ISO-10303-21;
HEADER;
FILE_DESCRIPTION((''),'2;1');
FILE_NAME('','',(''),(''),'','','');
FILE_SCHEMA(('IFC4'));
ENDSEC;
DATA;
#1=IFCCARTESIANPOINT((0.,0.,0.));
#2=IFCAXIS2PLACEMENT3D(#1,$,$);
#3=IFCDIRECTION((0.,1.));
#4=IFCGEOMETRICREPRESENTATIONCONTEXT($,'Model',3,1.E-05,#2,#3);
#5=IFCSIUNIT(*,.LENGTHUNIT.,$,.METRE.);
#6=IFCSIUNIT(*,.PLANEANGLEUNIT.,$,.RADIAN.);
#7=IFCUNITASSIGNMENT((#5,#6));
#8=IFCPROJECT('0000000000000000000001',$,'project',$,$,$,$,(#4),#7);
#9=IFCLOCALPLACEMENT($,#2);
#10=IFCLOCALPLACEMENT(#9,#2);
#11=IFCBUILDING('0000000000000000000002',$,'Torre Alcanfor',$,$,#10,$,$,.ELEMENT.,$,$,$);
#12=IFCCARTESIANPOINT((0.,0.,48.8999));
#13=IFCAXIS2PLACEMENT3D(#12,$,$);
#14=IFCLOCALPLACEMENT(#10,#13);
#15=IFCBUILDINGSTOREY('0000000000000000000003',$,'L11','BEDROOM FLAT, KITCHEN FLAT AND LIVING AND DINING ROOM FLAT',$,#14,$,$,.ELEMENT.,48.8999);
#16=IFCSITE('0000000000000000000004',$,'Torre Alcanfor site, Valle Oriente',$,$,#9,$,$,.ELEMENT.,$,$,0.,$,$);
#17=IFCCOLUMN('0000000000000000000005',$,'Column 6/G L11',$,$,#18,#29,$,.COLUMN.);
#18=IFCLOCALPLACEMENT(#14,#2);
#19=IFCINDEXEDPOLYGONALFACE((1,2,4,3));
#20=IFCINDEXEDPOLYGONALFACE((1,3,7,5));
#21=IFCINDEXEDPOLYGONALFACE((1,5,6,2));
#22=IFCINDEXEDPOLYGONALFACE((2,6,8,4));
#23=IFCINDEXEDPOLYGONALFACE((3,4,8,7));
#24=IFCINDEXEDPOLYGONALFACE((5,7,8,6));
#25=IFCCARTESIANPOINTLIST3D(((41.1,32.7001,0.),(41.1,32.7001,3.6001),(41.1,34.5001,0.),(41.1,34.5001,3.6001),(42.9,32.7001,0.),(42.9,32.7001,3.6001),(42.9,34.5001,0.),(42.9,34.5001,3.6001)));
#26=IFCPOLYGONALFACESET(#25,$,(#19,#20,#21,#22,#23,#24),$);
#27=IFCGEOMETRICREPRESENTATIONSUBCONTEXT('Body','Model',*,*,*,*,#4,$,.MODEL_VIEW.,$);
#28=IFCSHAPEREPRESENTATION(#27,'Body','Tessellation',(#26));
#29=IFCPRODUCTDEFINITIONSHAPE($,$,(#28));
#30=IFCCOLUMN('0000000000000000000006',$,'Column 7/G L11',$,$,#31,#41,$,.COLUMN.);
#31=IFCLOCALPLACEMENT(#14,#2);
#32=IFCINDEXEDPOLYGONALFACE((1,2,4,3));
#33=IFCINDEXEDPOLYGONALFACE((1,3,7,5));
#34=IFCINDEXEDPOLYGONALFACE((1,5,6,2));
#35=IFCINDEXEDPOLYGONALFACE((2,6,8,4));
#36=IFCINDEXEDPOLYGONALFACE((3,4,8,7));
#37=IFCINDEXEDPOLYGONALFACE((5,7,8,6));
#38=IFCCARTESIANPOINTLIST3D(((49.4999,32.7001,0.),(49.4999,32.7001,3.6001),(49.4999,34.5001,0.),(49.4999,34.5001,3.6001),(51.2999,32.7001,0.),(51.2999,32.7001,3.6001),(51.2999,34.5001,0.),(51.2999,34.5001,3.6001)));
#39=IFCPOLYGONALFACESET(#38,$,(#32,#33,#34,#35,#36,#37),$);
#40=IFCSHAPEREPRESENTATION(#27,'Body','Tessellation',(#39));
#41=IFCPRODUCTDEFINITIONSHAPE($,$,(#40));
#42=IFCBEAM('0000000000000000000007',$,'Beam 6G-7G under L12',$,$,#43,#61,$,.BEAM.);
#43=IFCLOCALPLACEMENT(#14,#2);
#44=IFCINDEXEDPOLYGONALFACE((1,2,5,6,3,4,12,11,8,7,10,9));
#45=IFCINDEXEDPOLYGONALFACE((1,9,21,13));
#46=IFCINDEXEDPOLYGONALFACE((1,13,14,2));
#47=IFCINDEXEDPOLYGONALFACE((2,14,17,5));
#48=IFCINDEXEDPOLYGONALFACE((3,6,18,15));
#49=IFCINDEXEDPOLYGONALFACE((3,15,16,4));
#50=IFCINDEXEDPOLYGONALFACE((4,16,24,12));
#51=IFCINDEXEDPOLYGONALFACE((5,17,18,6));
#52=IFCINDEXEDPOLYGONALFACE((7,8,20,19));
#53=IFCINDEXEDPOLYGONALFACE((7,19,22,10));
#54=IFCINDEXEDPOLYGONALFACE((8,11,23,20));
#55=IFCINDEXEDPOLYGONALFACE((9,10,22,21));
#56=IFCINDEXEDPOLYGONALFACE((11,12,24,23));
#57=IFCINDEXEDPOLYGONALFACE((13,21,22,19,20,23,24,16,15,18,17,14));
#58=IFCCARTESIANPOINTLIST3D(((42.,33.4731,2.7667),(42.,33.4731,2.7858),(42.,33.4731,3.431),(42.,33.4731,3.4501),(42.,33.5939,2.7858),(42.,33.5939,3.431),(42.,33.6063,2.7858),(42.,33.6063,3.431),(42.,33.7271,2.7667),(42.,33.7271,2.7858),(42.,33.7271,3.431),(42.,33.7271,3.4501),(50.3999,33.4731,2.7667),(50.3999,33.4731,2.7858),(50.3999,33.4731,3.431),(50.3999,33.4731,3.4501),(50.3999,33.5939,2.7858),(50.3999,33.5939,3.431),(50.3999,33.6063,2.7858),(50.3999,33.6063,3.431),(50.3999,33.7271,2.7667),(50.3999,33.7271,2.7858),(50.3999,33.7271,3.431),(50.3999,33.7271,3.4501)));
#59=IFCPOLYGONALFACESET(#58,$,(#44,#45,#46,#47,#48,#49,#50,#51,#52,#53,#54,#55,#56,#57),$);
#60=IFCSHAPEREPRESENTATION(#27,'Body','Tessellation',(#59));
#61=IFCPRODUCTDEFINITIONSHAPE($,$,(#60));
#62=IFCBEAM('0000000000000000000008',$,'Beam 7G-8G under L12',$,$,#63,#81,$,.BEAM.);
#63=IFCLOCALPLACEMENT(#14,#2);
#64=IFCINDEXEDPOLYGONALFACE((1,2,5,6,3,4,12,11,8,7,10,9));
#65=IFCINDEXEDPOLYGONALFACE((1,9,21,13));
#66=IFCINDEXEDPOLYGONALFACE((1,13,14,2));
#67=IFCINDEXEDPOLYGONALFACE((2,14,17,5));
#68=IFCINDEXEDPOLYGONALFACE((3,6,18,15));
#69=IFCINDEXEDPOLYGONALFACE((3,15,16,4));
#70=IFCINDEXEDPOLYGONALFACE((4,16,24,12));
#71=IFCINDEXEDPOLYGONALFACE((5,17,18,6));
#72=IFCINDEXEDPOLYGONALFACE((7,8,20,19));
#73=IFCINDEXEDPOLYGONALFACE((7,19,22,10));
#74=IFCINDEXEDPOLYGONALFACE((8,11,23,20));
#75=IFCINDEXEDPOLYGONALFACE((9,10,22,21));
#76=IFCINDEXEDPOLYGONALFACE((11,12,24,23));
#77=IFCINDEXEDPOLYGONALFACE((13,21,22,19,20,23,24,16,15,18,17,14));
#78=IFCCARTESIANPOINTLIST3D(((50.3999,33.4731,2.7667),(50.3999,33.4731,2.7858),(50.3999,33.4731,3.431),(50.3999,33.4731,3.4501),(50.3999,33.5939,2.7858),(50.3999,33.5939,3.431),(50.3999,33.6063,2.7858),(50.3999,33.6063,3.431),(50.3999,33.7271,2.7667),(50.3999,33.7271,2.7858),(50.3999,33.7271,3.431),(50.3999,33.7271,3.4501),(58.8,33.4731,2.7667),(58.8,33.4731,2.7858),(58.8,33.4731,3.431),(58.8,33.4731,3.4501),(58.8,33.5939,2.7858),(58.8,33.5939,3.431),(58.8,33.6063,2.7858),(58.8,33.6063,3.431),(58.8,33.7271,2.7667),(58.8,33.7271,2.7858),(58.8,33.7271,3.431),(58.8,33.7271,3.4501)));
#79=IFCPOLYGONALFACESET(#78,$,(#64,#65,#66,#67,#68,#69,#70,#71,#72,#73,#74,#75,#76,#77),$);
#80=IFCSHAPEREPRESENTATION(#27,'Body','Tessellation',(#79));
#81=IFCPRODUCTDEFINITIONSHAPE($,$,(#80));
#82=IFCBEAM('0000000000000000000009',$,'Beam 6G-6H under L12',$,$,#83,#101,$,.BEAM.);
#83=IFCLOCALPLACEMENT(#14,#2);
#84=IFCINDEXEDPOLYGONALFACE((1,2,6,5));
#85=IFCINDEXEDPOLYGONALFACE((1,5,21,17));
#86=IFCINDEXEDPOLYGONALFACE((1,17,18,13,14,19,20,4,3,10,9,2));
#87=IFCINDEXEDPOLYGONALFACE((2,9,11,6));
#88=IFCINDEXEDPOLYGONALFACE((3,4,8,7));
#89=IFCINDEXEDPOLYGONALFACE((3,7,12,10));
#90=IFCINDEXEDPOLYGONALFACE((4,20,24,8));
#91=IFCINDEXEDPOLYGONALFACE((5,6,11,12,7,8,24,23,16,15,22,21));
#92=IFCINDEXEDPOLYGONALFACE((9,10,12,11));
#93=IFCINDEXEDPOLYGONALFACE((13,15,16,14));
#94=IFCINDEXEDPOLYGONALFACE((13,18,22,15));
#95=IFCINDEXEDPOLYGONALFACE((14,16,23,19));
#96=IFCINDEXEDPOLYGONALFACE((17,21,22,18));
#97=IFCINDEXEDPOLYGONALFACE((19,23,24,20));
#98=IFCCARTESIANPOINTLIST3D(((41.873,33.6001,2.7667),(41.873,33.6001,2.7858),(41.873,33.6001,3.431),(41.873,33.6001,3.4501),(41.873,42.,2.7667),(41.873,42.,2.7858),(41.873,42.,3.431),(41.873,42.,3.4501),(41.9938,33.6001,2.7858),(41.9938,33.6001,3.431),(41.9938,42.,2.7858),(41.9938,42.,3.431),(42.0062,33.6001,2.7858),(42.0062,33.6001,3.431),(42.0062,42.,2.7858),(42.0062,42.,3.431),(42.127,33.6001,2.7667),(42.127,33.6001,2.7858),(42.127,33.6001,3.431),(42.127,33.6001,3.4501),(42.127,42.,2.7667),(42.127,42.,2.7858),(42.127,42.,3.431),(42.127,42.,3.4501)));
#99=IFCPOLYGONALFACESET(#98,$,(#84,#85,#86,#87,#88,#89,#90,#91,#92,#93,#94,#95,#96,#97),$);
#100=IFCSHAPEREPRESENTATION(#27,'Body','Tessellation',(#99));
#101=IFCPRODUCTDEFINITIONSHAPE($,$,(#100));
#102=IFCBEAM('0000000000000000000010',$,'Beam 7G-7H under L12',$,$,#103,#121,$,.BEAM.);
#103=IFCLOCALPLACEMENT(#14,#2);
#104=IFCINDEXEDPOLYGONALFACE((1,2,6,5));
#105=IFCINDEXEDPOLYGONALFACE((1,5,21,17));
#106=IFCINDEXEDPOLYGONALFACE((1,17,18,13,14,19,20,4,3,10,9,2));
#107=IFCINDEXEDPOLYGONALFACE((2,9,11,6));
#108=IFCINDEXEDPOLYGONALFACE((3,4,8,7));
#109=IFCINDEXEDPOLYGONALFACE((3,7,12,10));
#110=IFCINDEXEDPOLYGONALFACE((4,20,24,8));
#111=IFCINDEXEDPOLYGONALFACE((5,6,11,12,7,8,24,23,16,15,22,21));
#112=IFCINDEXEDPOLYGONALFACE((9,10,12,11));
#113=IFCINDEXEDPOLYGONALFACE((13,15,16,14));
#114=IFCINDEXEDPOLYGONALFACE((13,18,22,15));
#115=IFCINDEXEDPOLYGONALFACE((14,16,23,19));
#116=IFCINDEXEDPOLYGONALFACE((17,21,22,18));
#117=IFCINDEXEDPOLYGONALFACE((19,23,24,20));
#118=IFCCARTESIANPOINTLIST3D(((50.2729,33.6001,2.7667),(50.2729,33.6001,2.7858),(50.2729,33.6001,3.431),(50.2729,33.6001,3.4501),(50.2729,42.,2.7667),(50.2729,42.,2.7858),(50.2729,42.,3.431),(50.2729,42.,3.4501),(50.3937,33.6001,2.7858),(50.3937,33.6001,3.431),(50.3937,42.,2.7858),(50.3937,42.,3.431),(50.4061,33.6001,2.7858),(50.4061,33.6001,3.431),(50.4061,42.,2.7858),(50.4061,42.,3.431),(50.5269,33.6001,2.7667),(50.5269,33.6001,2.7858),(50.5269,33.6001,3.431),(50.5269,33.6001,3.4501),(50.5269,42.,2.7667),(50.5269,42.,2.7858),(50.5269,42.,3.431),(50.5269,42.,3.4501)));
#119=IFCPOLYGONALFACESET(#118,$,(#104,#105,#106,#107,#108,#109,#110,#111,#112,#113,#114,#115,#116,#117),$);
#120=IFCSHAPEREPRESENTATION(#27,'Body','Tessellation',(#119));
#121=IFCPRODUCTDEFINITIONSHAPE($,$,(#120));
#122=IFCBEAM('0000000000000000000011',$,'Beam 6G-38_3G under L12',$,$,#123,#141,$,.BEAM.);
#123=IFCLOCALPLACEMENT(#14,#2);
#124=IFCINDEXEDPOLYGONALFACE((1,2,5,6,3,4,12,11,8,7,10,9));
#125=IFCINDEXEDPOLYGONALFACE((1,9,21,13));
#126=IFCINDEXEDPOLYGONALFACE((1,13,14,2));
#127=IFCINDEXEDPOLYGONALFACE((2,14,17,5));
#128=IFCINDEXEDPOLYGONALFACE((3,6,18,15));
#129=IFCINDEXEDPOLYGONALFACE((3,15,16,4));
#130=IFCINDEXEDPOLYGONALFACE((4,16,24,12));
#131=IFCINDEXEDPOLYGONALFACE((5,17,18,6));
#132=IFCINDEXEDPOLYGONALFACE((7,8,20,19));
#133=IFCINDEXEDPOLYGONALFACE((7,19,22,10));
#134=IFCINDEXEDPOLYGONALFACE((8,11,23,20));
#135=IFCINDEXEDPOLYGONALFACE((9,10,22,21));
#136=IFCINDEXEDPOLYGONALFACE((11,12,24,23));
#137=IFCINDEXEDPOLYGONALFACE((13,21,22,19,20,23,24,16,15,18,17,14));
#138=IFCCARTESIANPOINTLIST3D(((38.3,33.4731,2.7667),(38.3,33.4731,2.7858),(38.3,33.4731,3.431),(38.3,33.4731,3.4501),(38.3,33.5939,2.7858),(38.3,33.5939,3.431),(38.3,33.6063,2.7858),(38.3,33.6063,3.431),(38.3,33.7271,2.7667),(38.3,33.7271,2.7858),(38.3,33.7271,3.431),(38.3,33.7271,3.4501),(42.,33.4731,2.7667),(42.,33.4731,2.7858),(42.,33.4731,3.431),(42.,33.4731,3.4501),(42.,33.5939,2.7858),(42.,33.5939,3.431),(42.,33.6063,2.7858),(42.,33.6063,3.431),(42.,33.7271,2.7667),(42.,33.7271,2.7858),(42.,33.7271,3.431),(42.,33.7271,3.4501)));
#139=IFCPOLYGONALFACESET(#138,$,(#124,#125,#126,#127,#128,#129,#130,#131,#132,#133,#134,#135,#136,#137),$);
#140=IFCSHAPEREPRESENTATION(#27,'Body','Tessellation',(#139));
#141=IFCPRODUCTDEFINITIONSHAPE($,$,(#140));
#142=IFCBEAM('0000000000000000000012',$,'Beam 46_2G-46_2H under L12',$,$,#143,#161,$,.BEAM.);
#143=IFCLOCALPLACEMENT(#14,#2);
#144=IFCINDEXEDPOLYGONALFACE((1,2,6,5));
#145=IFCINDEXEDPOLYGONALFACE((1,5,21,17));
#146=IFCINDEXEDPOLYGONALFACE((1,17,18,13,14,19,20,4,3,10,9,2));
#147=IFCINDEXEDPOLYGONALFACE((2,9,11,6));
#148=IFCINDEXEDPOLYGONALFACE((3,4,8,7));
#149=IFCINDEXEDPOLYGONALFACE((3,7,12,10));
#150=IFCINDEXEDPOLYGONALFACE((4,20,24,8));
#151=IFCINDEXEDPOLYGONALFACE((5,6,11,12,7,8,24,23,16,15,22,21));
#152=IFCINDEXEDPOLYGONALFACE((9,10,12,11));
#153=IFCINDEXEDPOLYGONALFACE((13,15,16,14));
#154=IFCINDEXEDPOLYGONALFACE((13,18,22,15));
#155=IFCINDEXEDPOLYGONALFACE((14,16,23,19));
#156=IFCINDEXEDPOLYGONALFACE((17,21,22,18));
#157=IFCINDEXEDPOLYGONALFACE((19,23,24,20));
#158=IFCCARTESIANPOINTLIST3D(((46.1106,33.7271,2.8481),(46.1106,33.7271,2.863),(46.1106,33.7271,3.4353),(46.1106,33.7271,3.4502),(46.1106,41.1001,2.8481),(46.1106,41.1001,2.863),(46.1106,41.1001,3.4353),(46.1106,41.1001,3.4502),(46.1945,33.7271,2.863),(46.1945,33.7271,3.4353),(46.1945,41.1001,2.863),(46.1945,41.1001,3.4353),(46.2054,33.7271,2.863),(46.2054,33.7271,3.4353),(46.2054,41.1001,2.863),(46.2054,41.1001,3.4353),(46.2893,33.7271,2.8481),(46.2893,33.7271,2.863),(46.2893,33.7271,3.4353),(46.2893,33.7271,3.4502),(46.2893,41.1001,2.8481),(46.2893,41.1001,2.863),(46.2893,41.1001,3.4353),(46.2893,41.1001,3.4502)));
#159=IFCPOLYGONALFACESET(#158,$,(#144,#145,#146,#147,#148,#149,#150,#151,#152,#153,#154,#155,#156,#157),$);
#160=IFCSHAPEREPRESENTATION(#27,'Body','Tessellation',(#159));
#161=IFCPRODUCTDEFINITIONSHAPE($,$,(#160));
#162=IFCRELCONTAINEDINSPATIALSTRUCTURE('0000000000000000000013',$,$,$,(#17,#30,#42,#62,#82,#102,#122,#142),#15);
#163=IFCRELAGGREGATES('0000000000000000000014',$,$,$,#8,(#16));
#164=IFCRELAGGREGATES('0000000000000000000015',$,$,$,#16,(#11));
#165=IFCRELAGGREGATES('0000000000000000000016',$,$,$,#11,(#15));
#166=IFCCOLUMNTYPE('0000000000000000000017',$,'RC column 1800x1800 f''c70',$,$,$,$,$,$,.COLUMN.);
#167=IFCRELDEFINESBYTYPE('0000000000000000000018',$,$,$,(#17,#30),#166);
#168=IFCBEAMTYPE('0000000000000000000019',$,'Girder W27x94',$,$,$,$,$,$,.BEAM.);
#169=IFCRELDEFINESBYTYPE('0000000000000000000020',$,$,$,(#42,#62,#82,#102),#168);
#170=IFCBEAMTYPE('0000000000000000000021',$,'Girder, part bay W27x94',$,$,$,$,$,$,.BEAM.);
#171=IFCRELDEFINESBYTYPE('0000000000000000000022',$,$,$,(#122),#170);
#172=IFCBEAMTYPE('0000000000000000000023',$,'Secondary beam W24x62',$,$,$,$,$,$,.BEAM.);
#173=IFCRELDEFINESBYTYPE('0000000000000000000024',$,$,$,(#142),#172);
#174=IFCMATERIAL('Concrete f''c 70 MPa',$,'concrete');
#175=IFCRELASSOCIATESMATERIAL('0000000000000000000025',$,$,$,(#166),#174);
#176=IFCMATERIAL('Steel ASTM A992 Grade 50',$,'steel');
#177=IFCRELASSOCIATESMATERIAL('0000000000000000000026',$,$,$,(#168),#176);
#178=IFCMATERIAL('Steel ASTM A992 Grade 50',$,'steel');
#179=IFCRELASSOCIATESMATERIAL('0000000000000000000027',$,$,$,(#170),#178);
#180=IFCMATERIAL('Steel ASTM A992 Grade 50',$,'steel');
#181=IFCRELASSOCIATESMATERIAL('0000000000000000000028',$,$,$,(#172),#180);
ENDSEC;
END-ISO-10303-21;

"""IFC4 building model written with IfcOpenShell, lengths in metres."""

from ifc_helpers import new_model, si_unit, direction, frame, origin, origin_2d, place, context, subcontext, project, spatial, rectangle, i_section, extrude, material, material_profile, profile_set, type_object, element, save


model = new_model("IFC4")

# Units and contexts
model_context = context("Model", 3, precision=1e-05, world=origin(), true_north=direction((0.0, 1.0)))
body_context = subcontext(model_context, "Body", "Model", "MODEL_VIEW")
ifc_project = project(units=[si_unit("LENGTHUNIT", "METRE"), si_unit("PLANEANGLEUNIT", "RADIAN")], contexts=[model_context])

# Site, building, storey
site_placement = place(None, origin())
site = spatial("IfcSite", under=ifc_project, at=site_placement, Name="Torre Alcanfor site, Valle Oriente", CompositionType="ELEMENT", RefElevation=0.0)
building_placement = place(site_placement, origin())
building = spatial("IfcBuilding", under=site, at=building_placement, Name="Torre Alcanfor", CompositionType="ELEMENT")
storey_placement = place(building_placement, frame((0.0, 0.0, 48.8999)))
storey = spatial("IfcBuildingStorey", under=building, at=storey_placement, Name="L11", Description="BEDROOM FLAT, KITCHEN FLAT AND LIVING AND DINING ROOM FLAT", CompositionType="ELEMENT", Elevation=48.8999)

# Columns
ifc_material_1 = material(Name="Concrete f'c 70 MPa", Category="concrete")
ifc_material_profile_1 = material_profile(ifc_material_1, rectangle(XDim=1.8, YDim=1.8, at=origin_2d()), Name="1800x1800")
ifc_profile_set_1 = profile_set([ifc_material_profile_1], Name="Concrete f'c 70 MPa")
column_type = type_object("IfcColumnType", Name="RC column 1800x1800 f'c70", PredefinedType="COLUMN", material=ifc_profile_set_1)
for number, where, z_axis, x_axis, name in (
    (1, (42.0, 33.6001, 0.0), (0.0, 0.0, 1.0), (1.0, 0.0, 0.0), "Column 6/G L11"),
    (2, (50.3999, 33.6001, 0.0), (0.0, 0.0, 1.0), (1.0, 0.0, 0.0), "Column 7/G L11"),
):
    element("IfcColumn", number, at=place(storey_placement, frame(where, z_axis=z_axis, x_axis=x_axis)), inside=storey, type_object=column_type, Name=name, PredefinedType="COLUMN", context=body_context, shape_type="SweptSolid", body=[
        extrude(rectangle(XDim=1.8, YDim=1.8, at=origin_2d()), origin(), (0.0, 0.0, 1.0), 3.6001),
    ])

# Beams
ifc_material_2 = material(Name="Steel ASTM A992 Grade 50", Category="steel")
ifc_material_profile_2 = material_profile(ifc_material_2, i_section(OverallWidth=0.2539, OverallDepth=0.6833, WebThickness=0.0125, FlangeThickness=0.019, at=origin_2d()), Name="W27x94")
ifc_profile_set_2 = profile_set([ifc_material_profile_2], Name="Steel ASTM A992 Grade 50")
beam_type_1 = type_object("IfcBeamType", Name="Girder W27x94", PredefinedType="BEAM", material=ifc_profile_set_2)
beam_1_placement = place(storey_placement, frame((42.0, 33.6001, 3.1084), z_axis=(1.0, 0.0, 0.0), x_axis=(0.0, 1.0, 0.0)))
element("IfcBeam", 3, at=beam_1_placement, inside=storey, type_object=beam_type_1, Name="Beam 6G-7G under L12", PredefinedType="BEAM", context=body_context, shape_type="SweptSolid", body=[
    extrude(i_section(OverallWidth=0.2539, OverallDepth=0.6833, WebThickness=0.0125, FlangeThickness=0.019, at=origin_2d()), origin(), (0.0, 0.0, 1.0), 8.3999),
])
beam_2_placement = place(storey_placement, frame((50.3999, 33.6001, 3.1084), z_axis=(1.0, 0.0, 0.0), x_axis=(0.0, 1.0, 0.0)))
element("IfcBeam", 4, at=beam_2_placement, inside=storey, type_object=beam_type_1, Name="Beam 7G-8G under L12", PredefinedType="BEAM", context=body_context, shape_type="SweptSolid", body=[
    extrude(i_section(OverallWidth=0.2539, OverallDepth=0.6833, WebThickness=0.0125, FlangeThickness=0.019, at=origin_2d()), origin(), (0.0, 0.0, 1.0), 8.4001),
])
for number, where, z_axis, x_axis, name in (
    (5, (42.0, 33.6001, 3.1084), (0.0, 1.0, 0.0), (-1.0, 0.0, 0.0), "Beam 6G-6H under L12"),
    (6, (50.3999, 33.6001, 3.1084), (0.0, 1.0, 0.0), (-1.0, 0.0, 0.0), "Beam 7G-7H under L12"),
):
    element("IfcBeam", number, at=place(storey_placement, frame(where, z_axis=z_axis, x_axis=x_axis)), inside=storey, type_object=beam_type_1, Name=name, PredefinedType="BEAM", context=body_context, shape_type="SweptSolid", body=[
        extrude(i_section(OverallWidth=0.2539, OverallDepth=0.6833, WebThickness=0.0125, FlangeThickness=0.019, at=origin_2d()), origin(), (0.0, 0.0, 1.0), 8.3999),
    ])
ifc_material_3 = material(Name="Steel ASTM A992 Grade 50", Category="steel")
ifc_material_profile_3 = material_profile(ifc_material_3, i_section(OverallWidth=0.2539, OverallDepth=0.6833, WebThickness=0.0125, FlangeThickness=0.019, at=origin_2d()), Name="W27x94")
ifc_profile_set_3 = profile_set([ifc_material_profile_3], Name="Steel ASTM A992 Grade 50")
beam_type_2 = type_object("IfcBeamType", Name="Girder, part bay W27x94", PredefinedType="BEAM", material=ifc_profile_set_3)
beam_3_placement = place(storey_placement, frame((42.0, 33.6001, 3.1084), z_axis=(-1.0, 0.0, 0.0), x_axis=(0.0, -1.0, 0.0)))
element("IfcBeam", 7, at=beam_3_placement, inside=storey, type_object=beam_type_2, Name="Beam 6G-38_3G under L12", PredefinedType="BEAM", context=body_context, shape_type="SweptSolid", body=[
    extrude(i_section(OverallWidth=0.2539, OverallDepth=0.6833, WebThickness=0.0125, FlangeThickness=0.019, at=origin_2d()), origin(), (0.0, 0.0, 1.0), 3.7),
])
ifc_material_4 = material(Name="Steel ASTM A992 Grade 50", Category="steel")
ifc_material_profile_4 = material_profile(ifc_material_4, i_section(OverallWidth=0.1787, OverallDepth=0.6021, WebThickness=0.011, FlangeThickness=0.0149, at=origin_2d()), Name="W24x62")
ifc_profile_set_4 = profile_set([ifc_material_profile_4], Name="Steel ASTM A992 Grade 50")
beam_type_3 = type_object("IfcBeamType", Name="Secondary beam W24x62", PredefinedType="BEAM", material=ifc_profile_set_4)
beam_4_placement = place(storey_placement, frame((46.2, 33.7271, 3.1492), z_axis=(0.0, 1.0, 0.0), x_axis=(-1.0, 0.0, 0.0)))
element("IfcBeam", 8, at=beam_4_placement, inside=storey, type_object=beam_type_3, Name="Beam 46_2G-46_2H under L12", PredefinedType="BEAM", context=body_context, shape_type="SweptSolid", body=[
    extrude(i_section(OverallWidth=0.1787, OverallDepth=0.6021, WebThickness=0.011, FlangeThickness=0.0149, at=origin_2d()), origin(), (0.0, 0.0, 1.0), 7.373),
])

save(model, "model.ifc")
